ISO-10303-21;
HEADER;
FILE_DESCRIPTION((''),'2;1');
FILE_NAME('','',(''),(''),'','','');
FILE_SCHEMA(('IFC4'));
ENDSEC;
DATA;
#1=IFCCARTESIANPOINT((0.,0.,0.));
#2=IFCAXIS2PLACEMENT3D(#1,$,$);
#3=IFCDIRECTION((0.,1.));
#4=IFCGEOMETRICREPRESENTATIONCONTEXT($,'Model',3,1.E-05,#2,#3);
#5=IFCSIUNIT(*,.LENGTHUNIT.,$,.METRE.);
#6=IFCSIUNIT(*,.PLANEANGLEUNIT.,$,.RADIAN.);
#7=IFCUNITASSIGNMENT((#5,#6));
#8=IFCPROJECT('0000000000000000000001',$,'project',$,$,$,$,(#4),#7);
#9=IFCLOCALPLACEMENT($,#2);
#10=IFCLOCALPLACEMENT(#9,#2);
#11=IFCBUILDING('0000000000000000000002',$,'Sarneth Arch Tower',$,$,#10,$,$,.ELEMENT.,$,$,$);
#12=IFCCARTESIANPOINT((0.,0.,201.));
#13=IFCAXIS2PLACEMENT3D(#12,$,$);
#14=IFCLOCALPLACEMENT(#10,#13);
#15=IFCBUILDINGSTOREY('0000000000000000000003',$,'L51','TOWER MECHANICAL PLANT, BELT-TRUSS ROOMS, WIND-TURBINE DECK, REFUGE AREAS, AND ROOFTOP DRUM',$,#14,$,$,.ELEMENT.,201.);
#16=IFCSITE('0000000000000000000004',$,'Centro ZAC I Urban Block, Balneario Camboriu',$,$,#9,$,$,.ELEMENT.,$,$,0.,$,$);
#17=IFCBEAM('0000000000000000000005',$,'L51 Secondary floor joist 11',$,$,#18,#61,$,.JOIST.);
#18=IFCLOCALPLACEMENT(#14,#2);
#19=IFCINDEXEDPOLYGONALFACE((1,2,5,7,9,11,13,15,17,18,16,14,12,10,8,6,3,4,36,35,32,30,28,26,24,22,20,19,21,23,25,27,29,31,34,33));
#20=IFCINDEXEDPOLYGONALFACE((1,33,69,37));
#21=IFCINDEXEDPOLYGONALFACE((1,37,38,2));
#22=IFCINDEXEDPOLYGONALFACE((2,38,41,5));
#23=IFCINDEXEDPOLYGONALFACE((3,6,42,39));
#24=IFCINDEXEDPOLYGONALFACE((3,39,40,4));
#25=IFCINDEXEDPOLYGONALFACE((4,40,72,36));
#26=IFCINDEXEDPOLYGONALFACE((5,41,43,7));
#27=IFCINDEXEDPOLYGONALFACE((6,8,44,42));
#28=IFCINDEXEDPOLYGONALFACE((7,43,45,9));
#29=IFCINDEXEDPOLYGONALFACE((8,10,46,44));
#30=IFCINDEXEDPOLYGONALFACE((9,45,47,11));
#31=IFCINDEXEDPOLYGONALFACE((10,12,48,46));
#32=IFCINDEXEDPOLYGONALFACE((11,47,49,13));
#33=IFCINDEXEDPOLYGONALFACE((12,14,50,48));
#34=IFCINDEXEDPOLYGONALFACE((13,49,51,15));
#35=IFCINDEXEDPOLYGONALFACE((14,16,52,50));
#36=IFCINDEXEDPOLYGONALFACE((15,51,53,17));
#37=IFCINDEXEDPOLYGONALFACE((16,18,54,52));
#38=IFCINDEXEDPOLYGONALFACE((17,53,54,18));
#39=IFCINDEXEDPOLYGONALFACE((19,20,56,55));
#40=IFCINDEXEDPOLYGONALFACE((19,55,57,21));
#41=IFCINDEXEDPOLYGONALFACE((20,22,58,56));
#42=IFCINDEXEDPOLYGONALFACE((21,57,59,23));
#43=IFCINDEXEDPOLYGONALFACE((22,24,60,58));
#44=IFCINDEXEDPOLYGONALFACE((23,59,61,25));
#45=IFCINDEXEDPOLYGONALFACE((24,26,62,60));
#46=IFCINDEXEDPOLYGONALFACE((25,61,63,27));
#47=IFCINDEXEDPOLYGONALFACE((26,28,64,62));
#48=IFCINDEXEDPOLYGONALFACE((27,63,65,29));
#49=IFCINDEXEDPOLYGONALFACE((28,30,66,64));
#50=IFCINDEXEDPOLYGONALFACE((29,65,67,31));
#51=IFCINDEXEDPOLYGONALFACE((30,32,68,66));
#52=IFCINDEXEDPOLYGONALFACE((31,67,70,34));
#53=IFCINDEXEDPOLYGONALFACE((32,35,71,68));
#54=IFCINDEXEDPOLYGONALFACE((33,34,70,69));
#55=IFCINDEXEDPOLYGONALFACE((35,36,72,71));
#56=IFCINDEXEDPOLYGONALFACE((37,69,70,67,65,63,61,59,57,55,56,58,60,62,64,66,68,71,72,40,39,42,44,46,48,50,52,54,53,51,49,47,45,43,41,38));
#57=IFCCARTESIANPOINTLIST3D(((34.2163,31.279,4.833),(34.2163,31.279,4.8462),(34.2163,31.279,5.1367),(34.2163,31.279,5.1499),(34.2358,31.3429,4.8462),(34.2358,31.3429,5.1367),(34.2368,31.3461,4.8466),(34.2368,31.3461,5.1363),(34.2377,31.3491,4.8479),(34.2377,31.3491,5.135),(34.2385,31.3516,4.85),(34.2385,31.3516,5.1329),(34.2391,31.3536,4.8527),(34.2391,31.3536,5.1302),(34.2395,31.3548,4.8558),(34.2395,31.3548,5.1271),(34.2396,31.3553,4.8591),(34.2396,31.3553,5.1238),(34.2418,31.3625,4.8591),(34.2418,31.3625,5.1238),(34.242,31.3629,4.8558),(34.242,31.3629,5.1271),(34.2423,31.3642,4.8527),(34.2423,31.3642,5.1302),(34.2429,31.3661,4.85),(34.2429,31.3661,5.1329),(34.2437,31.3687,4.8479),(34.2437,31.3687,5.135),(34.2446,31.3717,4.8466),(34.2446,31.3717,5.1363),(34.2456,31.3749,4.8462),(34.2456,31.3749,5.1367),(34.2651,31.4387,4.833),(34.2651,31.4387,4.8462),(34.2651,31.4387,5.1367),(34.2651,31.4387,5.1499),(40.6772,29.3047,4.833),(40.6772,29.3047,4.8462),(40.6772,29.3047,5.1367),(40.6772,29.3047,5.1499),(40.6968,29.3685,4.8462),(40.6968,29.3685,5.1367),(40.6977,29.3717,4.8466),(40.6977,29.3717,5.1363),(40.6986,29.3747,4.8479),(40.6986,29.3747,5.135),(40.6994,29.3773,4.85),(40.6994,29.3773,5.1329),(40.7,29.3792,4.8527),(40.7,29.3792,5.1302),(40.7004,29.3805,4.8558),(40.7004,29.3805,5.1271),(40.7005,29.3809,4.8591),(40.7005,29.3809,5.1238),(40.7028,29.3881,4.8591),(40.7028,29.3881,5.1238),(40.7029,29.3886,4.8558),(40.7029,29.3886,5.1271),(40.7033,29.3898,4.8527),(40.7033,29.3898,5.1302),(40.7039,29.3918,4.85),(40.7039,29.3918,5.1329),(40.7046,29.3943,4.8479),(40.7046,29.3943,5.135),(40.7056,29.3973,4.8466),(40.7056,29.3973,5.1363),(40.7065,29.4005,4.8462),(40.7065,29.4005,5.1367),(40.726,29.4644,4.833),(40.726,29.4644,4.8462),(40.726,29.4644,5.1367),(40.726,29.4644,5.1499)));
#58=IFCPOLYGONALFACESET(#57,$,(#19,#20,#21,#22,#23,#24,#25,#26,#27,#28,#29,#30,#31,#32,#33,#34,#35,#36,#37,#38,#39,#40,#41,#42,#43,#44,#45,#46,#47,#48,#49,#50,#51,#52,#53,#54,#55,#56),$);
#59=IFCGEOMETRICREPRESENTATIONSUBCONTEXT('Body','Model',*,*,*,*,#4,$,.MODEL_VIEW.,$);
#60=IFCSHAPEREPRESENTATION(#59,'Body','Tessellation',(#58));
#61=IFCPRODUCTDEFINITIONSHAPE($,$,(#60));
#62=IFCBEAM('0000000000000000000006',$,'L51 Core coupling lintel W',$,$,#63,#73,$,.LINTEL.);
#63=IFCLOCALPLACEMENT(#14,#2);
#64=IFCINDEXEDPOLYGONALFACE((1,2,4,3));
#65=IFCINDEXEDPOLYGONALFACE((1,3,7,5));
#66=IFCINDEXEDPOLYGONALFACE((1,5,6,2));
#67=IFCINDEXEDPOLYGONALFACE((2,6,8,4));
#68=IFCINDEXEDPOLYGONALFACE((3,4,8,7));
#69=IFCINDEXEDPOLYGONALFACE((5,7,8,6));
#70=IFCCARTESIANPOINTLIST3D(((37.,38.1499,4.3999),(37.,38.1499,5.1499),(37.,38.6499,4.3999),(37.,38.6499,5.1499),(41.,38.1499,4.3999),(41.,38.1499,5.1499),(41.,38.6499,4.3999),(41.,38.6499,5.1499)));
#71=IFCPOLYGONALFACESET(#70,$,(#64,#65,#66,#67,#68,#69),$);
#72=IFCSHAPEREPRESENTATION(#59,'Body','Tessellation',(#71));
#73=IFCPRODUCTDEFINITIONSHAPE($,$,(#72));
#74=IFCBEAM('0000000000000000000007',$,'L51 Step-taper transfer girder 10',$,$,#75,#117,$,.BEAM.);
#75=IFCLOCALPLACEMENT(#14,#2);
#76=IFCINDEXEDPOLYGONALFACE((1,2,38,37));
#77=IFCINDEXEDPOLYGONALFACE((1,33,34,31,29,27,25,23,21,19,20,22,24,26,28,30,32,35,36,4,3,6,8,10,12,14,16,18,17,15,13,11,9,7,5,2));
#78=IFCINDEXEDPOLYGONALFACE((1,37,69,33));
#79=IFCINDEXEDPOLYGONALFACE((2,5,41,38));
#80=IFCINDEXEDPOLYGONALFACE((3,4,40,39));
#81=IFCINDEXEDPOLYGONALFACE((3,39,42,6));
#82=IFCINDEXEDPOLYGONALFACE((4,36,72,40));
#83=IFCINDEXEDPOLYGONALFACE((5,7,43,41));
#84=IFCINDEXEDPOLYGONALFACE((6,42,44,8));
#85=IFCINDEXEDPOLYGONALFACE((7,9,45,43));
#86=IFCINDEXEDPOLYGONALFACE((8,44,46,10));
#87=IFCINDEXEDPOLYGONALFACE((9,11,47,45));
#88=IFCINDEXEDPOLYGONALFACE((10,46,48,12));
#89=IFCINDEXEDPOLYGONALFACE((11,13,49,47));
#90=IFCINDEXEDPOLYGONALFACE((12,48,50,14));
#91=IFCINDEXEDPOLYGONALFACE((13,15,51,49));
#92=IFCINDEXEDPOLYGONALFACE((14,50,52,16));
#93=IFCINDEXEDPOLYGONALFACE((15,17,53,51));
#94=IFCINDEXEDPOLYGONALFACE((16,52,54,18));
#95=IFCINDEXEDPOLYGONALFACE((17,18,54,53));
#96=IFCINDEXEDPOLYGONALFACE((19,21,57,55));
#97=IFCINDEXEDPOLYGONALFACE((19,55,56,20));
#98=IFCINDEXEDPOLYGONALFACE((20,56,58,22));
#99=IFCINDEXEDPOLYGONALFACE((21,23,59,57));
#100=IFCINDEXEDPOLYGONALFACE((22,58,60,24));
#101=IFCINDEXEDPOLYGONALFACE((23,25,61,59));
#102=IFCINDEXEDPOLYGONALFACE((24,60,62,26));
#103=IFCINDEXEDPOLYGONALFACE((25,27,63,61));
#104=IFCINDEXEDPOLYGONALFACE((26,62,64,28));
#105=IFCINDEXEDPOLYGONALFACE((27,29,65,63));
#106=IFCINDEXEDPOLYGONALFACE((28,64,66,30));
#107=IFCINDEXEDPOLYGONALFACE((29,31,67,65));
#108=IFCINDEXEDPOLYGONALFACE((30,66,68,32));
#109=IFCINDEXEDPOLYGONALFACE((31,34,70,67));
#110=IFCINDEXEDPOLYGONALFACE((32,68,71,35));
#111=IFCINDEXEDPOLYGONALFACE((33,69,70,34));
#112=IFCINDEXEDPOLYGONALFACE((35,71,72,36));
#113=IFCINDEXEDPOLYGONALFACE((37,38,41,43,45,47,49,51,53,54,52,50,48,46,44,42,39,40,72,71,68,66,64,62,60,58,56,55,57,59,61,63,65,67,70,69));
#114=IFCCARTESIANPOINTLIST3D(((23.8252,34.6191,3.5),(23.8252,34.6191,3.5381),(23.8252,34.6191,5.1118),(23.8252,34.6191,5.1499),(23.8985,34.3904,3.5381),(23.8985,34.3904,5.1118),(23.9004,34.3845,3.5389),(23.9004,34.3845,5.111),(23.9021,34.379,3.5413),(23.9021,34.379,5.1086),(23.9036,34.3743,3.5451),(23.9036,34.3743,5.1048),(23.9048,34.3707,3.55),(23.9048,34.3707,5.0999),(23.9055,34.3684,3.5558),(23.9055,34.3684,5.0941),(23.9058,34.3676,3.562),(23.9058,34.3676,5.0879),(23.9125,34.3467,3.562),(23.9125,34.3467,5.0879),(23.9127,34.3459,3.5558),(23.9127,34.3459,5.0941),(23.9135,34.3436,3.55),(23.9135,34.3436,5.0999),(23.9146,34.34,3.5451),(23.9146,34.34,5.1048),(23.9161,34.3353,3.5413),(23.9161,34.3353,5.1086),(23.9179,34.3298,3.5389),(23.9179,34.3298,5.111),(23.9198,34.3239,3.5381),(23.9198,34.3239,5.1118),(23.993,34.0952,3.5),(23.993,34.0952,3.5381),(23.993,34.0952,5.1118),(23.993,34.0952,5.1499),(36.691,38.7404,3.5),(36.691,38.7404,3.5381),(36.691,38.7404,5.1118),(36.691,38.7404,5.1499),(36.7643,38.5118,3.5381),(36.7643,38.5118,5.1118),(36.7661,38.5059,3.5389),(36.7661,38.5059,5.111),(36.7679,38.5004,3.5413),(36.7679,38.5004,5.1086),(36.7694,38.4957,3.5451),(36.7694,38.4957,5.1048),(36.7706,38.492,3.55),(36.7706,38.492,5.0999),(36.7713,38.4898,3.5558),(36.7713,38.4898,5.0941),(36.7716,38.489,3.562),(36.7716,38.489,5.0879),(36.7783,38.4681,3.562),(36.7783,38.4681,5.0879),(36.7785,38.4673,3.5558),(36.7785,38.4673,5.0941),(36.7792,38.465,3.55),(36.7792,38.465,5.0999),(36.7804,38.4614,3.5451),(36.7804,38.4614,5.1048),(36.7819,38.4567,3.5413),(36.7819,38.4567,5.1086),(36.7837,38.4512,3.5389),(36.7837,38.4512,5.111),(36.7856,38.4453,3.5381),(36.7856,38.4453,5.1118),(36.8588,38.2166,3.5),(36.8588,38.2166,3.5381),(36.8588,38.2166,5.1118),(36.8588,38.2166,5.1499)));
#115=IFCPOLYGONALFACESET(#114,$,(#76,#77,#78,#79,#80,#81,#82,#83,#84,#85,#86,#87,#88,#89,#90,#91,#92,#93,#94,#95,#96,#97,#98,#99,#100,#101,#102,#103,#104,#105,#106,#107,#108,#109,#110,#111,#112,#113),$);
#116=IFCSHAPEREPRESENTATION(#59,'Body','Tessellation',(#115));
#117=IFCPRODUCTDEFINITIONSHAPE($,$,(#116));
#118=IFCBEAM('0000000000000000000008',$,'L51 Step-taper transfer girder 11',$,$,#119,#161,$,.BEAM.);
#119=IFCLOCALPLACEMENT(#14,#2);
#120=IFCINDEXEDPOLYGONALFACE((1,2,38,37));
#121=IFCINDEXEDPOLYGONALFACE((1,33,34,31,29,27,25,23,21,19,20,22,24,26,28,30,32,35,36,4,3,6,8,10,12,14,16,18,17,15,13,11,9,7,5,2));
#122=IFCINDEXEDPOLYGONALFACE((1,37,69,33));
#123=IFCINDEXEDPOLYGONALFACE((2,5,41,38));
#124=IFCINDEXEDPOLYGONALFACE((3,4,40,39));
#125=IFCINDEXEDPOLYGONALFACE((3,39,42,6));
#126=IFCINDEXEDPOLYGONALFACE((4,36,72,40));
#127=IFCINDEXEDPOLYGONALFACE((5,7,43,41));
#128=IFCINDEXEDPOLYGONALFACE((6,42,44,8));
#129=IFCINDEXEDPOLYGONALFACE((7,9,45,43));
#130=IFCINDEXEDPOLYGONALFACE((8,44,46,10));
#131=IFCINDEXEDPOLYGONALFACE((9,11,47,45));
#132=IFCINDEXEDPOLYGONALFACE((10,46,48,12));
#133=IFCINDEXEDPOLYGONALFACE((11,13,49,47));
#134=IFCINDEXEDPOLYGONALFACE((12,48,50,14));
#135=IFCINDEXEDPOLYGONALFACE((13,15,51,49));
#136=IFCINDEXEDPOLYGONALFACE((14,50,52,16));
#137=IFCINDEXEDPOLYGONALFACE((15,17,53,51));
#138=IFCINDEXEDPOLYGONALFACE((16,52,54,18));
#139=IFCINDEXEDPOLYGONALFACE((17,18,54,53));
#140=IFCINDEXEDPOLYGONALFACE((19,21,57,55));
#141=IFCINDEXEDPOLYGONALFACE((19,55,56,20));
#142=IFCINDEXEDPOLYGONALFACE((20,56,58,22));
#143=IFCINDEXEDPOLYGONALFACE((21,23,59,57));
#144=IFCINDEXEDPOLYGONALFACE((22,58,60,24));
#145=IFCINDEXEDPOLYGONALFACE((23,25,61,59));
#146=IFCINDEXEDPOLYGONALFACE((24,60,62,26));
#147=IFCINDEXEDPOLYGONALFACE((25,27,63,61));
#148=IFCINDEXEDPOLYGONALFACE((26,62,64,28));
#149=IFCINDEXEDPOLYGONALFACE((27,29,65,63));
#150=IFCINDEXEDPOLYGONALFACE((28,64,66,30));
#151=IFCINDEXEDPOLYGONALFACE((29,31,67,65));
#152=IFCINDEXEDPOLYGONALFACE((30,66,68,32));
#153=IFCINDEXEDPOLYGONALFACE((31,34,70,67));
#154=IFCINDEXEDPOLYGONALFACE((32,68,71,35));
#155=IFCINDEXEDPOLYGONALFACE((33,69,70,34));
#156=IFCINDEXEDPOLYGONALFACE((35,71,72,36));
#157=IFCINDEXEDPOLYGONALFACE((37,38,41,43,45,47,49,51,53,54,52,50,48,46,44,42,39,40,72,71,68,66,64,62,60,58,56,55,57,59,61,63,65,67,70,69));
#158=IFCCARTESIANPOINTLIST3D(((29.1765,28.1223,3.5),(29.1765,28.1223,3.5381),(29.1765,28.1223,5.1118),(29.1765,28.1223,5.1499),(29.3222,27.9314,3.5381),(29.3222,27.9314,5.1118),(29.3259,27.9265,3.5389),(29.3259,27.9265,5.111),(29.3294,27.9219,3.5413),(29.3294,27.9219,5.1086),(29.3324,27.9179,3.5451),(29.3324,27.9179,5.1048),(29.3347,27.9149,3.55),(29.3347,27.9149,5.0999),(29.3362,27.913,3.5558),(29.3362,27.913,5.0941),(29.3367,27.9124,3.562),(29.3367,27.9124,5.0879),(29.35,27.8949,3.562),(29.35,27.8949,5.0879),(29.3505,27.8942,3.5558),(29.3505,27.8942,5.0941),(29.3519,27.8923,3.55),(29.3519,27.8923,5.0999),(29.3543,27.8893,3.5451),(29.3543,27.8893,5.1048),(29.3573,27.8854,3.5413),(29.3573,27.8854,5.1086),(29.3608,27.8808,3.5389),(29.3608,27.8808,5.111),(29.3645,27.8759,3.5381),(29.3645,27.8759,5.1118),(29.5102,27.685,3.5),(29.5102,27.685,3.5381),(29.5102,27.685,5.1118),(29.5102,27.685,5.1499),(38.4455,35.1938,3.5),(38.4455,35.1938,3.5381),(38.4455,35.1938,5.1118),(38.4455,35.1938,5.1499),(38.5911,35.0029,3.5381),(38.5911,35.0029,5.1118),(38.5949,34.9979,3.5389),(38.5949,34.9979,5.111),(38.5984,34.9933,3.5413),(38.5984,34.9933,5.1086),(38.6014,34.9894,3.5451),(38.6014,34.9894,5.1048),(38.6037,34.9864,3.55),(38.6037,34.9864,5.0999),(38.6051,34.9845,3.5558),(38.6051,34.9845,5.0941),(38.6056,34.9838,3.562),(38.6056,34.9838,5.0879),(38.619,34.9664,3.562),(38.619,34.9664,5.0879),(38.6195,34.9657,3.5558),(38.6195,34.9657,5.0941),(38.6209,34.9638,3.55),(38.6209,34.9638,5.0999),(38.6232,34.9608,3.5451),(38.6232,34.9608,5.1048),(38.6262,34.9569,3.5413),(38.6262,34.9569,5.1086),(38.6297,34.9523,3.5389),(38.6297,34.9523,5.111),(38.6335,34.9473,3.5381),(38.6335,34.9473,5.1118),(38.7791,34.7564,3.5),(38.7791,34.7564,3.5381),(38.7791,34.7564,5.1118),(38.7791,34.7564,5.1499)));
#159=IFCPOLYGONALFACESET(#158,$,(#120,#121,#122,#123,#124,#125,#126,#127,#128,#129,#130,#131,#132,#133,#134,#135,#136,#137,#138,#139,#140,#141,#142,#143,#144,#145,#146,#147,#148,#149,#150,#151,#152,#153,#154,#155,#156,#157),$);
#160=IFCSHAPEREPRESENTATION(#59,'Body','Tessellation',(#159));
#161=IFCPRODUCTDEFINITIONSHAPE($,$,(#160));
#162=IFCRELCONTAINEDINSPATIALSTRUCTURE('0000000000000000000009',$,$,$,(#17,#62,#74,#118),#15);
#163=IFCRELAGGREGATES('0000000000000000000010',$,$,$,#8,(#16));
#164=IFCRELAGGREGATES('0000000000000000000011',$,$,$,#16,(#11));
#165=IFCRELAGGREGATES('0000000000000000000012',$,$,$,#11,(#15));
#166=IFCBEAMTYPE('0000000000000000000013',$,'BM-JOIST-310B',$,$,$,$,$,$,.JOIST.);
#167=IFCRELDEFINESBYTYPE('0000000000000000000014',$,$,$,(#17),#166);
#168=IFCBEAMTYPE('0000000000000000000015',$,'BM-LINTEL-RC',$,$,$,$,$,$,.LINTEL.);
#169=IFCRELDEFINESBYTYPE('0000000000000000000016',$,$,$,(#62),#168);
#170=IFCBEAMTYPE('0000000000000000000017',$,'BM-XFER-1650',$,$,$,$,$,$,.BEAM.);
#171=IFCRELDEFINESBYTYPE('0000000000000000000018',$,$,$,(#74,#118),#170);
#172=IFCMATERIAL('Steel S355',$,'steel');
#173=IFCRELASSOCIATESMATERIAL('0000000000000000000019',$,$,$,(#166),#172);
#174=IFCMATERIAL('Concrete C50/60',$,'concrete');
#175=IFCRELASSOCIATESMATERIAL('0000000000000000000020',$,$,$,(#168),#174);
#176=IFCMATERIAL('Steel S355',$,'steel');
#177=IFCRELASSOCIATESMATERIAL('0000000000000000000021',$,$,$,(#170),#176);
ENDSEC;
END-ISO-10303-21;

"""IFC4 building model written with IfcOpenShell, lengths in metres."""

from ifc_helpers import new_model, si_unit, direction, frame, origin, origin_2d, place, context, subcontext, project, spatial, rectangle, i_section, extrude, material, material_profile, profile_set, type_object, element, save


model = new_model("IFC4")

# Units and contexts
model_context = context("Model", 3, precision=1e-05, world=origin(), true_north=direction((0.0, 1.0)))
body_context = subcontext(model_context, "Body", "Model", "MODEL_VIEW")
ifc_project = project(units=[si_unit("LENGTHUNIT", "METRE"), si_unit("PLANEANGLEUNIT", "RADIAN")], contexts=[model_context])

# Site, building, storey
site_placement = place(None, origin())
site = spatial("IfcSite", under=ifc_project, at=site_placement, Name="Centro ZAC I Urban Block, Balneario Camboriu", CompositionType="ELEMENT", RefElevation=0.0)
building_placement = place(site_placement, origin())
building = spatial("IfcBuilding", under=site, at=building_placement, Name="Sarneth Arch Tower", CompositionType="ELEMENT")
storey_placement = place(building_placement, frame((0.0, 0.0, 201.0)))
storey = spatial("IfcBuildingStorey", under=building, at=storey_placement, Name="L51", Description="TOWER MECHANICAL PLANT, BELT-TRUSS ROOMS, WIND-TURBINE DECK, REFUGE AREAS, AND ROOFTOP DRUM", CompositionType="ELEMENT", Elevation=201.0)

# Beams
ifc_material_1 = material(Name="Steel S355", Category="steel")
ifc_material_profile_1 = material_profile(ifc_material_1, i_section(OverallWidth=0.167, OverallDepth=0.3169, WebThickness=0.0076, FlangeThickness=0.0132, FilletRadius=0.0129, at=origin_2d()), Name="W310x52")
ifc_profile_set_1 = profile_set([ifc_material_profile_1], Name="Steel S355")
beam_type_1 = type_object("IfcBeamType", Name="BM-JOIST-310B", PredefinedType="JOIST", material=ifc_profile_set_1)
beam_1_placement = place(storey_placement, frame((34.2407, 31.3589, 4.9915), z_axis=(0.956344, -0.292244, 0.0), x_axis=(0.292244, 0.956344, 0.0)))
element("IfcBeam", 1, at=beam_1_placement, inside=storey, type_object=beam_type_1, Name="L51 Secondary floor joist 11", PredefinedType="JOIST", context=body_context, shape_type="SweptSolid", body=[
    extrude(i_section(OverallWidth=0.167, OverallDepth=0.3169, WebThickness=0.0076, FlangeThickness=0.0132, FilletRadius=0.0129, at=origin_2d()), origin(), (0.0, 0.0, 1.0), 6.7559),
])
ifc_material_2 = material(Name="Concrete C50/60", Category="concrete")
ifc_material_profile_2 = material_profile(ifc_material_2, rectangle(XDim=0.5, YDim=0.75, at=origin_2d()), Name="RC-500x750")
ifc_profile_set_2 = profile_set([ifc_material_profile_2], Name="Concrete C50/60")
beam_type_2 = type_object("IfcBeamType", Name="BM-LINTEL-RC", PredefinedType="LINTEL", material=ifc_profile_set_2)
beam_2_placement = place(storey_placement, frame((37.0, 38.3999, 4.7749), z_axis=(1.0, 0.0, 0.0), x_axis=(0.0, 1.0, 0.0)))
element("IfcBeam", 2, at=beam_2_placement, inside=storey, type_object=beam_type_2, Name="L51 Core coupling lintel W", PredefinedType="LINTEL", context=body_context, shape_type="SweptSolid", body=[
    extrude(rectangle(XDim=0.5, YDim=0.75, at=origin_2d()), origin(), (0.0, 0.0, 1.0), 4.0),
])
ifc_material_3 = material(Name="Steel S355", Category="steel")
ifc_material_profile_3 = material_profile(ifc_material_3, i_section(OverallWidth=0.55, OverallDepth=1.6499, WebThickness=0.022, FlangeThickness=0.0381, FilletRadius=0.0239, at=origin_2d()), Name="CVS1650x680")
ifc_profile_set_3 = profile_set([ifc_material_profile_3], Name="Steel S355")
beam_type_3 = type_object("IfcBeamType", Name="BM-XFER-1650", PredefinedType="BEAM", material=ifc_profile_set_3)
beam_3_placement = place(storey_placement, frame((36.7749, 38.4785, 4.325), z_axis=(-0.952332, -0.305065, 0.0), x_axis=(0.305065, -0.952332, 0.0)))
element("IfcBeam", 3, at=beam_3_placement, inside=storey, type_object=beam_type_3, Name="L51 Step-taper transfer girder 10", PredefinedType="BEAM", context=body_context, shape_type="SweptSolid", body=[
    extrude(i_section(OverallWidth=0.55, OverallDepth=1.6499, WebThickness=0.022, FlangeThickness=0.0381, FilletRadius=0.0239, at=origin_2d()), origin(), (0.0, 0.0, 1.0), 13.5098),
])
beam_4_placement = place(storey_placement, frame((38.6123, 34.9751, 4.325), z_axis=(-0.795043, -0.606554, 0.0), x_axis=(0.606554, -0.795043, 0.0)))
element("IfcBeam", 4, at=beam_4_placement, inside=storey, type_object=beam_type_3, Name="L51 Step-taper transfer girder 11", PredefinedType="BEAM", context=body_context, shape_type="SweptSolid", body=[
    extrude(i_section(OverallWidth=0.55, OverallDepth=1.6499, WebThickness=0.022, FlangeThickness=0.0381, FilletRadius=0.0239, at=origin_2d()), origin(), (0.0, 0.0, 1.0), 11.6584),
])

save(model, "model.ifc")
